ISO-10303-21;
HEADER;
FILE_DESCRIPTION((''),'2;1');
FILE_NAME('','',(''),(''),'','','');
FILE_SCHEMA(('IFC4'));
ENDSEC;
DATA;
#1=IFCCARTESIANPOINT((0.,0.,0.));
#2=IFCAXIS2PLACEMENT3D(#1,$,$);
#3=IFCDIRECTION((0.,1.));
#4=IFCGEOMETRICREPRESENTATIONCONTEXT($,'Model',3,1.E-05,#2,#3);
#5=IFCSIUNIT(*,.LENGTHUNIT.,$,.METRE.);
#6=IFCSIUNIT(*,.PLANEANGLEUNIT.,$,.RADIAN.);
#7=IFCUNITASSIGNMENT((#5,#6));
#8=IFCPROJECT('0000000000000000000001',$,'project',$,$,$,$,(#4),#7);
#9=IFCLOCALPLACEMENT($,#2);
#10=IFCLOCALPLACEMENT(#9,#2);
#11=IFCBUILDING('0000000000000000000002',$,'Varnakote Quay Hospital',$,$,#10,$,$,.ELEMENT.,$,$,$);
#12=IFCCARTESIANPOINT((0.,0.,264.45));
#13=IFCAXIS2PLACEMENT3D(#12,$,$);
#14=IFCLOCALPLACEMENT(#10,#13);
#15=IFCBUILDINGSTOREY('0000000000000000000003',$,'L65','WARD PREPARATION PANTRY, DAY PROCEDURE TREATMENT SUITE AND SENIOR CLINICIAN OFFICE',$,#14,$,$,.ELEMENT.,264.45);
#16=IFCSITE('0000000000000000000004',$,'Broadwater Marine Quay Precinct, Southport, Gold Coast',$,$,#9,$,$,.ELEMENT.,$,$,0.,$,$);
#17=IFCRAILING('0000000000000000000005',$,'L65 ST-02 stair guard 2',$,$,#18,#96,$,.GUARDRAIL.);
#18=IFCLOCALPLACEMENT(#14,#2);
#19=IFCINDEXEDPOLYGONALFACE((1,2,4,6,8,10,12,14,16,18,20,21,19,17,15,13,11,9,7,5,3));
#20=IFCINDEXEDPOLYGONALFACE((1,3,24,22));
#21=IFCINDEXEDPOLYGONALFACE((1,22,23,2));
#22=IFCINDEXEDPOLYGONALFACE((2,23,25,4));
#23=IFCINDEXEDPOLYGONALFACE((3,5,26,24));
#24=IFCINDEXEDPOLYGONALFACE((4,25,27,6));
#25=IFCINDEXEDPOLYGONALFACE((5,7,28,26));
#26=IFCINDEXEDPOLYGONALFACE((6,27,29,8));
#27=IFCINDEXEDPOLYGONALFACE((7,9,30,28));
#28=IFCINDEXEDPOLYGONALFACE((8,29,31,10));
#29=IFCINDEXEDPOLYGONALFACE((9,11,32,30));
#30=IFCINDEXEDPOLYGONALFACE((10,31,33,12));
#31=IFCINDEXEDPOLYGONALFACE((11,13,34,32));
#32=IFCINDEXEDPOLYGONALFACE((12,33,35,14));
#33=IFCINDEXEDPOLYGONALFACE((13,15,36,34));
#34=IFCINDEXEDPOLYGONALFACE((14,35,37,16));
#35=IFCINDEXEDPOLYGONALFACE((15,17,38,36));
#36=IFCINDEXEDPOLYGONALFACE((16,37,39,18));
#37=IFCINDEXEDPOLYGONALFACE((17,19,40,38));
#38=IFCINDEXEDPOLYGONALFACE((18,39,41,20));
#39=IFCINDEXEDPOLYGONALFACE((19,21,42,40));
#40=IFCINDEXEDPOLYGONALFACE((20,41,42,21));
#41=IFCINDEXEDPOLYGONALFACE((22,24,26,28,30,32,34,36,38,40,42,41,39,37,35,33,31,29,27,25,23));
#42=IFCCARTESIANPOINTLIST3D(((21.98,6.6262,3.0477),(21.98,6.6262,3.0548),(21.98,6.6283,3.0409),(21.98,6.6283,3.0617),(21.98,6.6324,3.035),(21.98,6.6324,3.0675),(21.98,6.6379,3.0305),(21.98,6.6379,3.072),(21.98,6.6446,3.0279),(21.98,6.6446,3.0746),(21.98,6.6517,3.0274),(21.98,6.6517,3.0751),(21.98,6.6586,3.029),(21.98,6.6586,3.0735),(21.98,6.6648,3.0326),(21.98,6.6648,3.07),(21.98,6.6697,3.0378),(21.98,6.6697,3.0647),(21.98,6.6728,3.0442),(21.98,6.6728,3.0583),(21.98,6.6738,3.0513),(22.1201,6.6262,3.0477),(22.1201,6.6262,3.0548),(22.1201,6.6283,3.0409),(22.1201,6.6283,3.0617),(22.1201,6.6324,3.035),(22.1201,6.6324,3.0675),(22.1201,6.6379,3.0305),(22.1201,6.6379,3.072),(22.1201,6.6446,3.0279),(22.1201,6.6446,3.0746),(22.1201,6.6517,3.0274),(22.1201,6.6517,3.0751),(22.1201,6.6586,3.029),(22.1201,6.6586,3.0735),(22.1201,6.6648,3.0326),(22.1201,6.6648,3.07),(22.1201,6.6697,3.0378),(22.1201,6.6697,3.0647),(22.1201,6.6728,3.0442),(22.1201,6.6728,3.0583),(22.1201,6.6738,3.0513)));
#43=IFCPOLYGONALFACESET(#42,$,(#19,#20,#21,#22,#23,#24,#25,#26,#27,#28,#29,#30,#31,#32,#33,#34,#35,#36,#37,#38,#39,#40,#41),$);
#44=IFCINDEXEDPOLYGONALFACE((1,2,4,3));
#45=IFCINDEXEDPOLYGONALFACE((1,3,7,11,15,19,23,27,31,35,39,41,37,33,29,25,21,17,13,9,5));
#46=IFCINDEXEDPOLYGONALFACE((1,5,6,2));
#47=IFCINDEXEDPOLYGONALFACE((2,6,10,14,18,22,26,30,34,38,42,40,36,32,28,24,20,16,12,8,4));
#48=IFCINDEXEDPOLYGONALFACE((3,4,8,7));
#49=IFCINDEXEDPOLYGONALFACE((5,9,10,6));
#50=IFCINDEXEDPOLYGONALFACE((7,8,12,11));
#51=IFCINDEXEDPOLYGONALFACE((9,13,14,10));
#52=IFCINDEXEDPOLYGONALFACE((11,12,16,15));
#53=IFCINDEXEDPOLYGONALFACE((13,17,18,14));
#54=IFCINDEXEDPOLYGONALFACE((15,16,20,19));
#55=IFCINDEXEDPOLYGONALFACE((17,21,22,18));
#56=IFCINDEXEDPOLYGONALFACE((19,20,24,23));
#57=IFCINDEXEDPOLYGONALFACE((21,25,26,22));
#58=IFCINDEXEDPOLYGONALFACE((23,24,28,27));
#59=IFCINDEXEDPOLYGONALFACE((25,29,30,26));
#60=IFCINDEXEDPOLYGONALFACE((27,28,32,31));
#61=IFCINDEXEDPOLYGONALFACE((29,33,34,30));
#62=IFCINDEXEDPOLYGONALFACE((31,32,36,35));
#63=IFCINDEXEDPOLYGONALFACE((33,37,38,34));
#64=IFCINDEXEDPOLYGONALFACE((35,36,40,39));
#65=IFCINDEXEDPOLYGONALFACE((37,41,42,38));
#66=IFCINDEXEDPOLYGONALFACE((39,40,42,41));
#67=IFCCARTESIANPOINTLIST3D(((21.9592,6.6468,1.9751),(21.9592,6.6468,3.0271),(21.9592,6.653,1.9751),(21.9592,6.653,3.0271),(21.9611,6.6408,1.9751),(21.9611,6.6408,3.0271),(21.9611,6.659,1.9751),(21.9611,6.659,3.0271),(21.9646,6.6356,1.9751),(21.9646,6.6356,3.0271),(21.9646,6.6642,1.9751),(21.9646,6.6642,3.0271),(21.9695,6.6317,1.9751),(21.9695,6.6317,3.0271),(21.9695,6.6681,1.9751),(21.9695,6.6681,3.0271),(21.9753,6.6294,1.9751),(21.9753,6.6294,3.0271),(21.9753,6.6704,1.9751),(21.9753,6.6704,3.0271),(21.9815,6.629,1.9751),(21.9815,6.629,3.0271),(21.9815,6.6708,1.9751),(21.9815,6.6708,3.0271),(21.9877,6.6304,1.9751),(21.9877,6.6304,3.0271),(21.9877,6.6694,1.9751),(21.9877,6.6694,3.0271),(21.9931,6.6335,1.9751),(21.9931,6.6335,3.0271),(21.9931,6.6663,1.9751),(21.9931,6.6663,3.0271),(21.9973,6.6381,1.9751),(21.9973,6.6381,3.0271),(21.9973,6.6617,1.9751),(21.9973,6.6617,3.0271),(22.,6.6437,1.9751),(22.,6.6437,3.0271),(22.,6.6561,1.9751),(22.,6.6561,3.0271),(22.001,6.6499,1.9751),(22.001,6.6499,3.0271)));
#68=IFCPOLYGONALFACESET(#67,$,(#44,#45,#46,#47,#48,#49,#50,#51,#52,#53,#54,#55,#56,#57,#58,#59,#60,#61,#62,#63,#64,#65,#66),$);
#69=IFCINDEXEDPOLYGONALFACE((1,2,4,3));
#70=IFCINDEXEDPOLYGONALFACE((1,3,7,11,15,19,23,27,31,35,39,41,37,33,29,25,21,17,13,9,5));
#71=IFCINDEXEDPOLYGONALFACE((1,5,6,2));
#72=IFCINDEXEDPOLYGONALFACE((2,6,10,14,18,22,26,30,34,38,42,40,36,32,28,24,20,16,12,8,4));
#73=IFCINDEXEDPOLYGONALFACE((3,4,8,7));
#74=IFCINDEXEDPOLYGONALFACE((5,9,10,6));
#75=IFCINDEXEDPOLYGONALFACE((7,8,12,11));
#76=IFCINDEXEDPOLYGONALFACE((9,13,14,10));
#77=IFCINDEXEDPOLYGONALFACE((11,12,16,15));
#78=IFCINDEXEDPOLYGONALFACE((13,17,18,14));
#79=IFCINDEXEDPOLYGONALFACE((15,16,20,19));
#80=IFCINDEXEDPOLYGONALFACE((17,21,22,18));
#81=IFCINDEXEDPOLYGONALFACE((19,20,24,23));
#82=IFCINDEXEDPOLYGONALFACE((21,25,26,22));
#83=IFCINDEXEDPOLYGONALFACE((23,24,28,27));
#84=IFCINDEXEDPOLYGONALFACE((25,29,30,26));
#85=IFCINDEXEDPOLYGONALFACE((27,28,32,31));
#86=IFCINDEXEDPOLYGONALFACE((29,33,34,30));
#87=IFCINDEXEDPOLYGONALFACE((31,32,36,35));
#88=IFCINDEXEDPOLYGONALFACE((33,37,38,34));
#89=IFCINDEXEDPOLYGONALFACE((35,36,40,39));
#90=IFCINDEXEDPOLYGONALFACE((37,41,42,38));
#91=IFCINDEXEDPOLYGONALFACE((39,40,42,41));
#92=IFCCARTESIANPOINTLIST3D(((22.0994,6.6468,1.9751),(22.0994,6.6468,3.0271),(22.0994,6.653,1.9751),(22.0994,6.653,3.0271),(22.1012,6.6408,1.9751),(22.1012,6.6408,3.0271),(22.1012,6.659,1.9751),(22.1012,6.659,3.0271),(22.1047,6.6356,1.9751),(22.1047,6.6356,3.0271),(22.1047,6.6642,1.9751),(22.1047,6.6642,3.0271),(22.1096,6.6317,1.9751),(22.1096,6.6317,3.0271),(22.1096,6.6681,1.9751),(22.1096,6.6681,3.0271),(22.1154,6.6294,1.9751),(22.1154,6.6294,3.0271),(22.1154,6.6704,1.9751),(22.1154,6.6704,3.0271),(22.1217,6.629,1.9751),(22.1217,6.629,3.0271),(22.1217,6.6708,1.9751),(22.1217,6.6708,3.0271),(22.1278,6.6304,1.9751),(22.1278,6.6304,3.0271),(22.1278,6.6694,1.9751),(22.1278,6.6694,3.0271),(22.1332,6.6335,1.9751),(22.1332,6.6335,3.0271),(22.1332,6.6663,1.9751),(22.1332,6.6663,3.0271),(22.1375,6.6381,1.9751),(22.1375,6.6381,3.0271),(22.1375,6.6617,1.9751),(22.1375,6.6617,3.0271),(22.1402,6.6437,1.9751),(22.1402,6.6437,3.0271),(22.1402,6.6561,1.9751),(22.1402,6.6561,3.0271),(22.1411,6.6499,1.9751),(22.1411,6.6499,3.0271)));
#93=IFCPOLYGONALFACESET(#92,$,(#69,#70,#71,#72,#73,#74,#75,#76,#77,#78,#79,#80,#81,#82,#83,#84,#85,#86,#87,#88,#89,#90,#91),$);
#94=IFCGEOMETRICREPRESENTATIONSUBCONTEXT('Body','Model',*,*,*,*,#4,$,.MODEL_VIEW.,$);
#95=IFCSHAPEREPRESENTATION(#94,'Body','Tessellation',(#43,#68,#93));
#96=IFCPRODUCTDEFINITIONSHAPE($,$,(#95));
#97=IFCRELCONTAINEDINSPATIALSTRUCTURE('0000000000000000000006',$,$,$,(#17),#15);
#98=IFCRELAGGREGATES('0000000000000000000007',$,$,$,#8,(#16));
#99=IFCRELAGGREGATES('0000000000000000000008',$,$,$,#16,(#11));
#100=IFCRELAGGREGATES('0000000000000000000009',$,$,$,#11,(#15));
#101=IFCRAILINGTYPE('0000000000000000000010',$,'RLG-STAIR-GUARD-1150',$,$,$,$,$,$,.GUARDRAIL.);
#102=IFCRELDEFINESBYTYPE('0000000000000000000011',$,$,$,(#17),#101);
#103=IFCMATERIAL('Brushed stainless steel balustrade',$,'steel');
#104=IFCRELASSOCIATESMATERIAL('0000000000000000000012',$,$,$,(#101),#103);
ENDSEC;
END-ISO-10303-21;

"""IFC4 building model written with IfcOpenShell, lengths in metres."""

from ifc_helpers import new_model, si_unit, direction, frame, origin, origin_2d, place, context, subcontext, project, spatial, circle, extrude, material, type_object, element, save


model = new_model("IFC4")

# Units and contexts
model_context = context("Model", 3, precision=1e-05, world=origin(), true_north=direction((0.0, 1.0)))
body_context = subcontext(model_context, "Body", "Model", "MODEL_VIEW")
ifc_project = project(units=[si_unit("LENGTHUNIT", "METRE"), si_unit("PLANEANGLEUNIT", "RADIAN")], contexts=[model_context])

# Site, building, storey
site_placement = place(None, origin())
site = spatial("IfcSite", under=ifc_project, at=site_placement, Name="Broadwater Marine Quay Precinct, Southport, Gold Coast", CompositionType="ELEMENT", RefElevation=0.0)
building_placement = place(site_placement, origin())
building = spatial("IfcBuilding", under=site, at=building_placement, Name="Varnakote Quay Hospital", CompositionType="ELEMENT")
storey_placement = place(building_placement, frame((0.0, 0.0, 264.45)))
storey = spatial("IfcBuildingStorey", under=building, at=storey_placement, Name="L65", Description="WARD PREPARATION PANTRY, DAY PROCEDURE TREATMENT SUITE AND SENIOR CLINICIAN OFFICE", CompositionType="ELEMENT", Elevation=264.45)

# Railing
ifc_material_1 = material(Name="Brushed stainless steel balustrade", Category="steel")
railing_type_1 = type_object("IfcRailingType", Name="RLG-STAIR-GUARD-1150", PredefinedType="GUARDRAIL", material=ifc_material_1)
railing_1_placement = place(storey_placement, frame((21.98, 6.6499, 1.9751)))
element("IfcRailing", 1, at=railing_1_placement, inside=storey, type_object=railing_type_1, Name="L65 ST-02 stair guard 2", PredefinedType="GUARDRAIL", context=body_context, shape_type="SweptSolid", body=[
    extrude(circle(Radius=0.0239, at=origin_2d()), frame((0.0, 0.0, 1.0762), z_axis=(1.0, 0.0, 0.0), x_axis=(0.0, 1.0, 0.0)), (0.0, 0.0, 1.0), 0.1401),
    extrude(circle(Radius=0.021, at=origin_2d()), origin(), (0.0, 0.0, 1.0), 1.052),
    extrude(circle(Radius=0.021, at=origin_2d()), frame((0.1401, 0.0, 0.0)), (0.0, 0.0, 1.0), 1.052),
])

save(model, "model.ifc")
